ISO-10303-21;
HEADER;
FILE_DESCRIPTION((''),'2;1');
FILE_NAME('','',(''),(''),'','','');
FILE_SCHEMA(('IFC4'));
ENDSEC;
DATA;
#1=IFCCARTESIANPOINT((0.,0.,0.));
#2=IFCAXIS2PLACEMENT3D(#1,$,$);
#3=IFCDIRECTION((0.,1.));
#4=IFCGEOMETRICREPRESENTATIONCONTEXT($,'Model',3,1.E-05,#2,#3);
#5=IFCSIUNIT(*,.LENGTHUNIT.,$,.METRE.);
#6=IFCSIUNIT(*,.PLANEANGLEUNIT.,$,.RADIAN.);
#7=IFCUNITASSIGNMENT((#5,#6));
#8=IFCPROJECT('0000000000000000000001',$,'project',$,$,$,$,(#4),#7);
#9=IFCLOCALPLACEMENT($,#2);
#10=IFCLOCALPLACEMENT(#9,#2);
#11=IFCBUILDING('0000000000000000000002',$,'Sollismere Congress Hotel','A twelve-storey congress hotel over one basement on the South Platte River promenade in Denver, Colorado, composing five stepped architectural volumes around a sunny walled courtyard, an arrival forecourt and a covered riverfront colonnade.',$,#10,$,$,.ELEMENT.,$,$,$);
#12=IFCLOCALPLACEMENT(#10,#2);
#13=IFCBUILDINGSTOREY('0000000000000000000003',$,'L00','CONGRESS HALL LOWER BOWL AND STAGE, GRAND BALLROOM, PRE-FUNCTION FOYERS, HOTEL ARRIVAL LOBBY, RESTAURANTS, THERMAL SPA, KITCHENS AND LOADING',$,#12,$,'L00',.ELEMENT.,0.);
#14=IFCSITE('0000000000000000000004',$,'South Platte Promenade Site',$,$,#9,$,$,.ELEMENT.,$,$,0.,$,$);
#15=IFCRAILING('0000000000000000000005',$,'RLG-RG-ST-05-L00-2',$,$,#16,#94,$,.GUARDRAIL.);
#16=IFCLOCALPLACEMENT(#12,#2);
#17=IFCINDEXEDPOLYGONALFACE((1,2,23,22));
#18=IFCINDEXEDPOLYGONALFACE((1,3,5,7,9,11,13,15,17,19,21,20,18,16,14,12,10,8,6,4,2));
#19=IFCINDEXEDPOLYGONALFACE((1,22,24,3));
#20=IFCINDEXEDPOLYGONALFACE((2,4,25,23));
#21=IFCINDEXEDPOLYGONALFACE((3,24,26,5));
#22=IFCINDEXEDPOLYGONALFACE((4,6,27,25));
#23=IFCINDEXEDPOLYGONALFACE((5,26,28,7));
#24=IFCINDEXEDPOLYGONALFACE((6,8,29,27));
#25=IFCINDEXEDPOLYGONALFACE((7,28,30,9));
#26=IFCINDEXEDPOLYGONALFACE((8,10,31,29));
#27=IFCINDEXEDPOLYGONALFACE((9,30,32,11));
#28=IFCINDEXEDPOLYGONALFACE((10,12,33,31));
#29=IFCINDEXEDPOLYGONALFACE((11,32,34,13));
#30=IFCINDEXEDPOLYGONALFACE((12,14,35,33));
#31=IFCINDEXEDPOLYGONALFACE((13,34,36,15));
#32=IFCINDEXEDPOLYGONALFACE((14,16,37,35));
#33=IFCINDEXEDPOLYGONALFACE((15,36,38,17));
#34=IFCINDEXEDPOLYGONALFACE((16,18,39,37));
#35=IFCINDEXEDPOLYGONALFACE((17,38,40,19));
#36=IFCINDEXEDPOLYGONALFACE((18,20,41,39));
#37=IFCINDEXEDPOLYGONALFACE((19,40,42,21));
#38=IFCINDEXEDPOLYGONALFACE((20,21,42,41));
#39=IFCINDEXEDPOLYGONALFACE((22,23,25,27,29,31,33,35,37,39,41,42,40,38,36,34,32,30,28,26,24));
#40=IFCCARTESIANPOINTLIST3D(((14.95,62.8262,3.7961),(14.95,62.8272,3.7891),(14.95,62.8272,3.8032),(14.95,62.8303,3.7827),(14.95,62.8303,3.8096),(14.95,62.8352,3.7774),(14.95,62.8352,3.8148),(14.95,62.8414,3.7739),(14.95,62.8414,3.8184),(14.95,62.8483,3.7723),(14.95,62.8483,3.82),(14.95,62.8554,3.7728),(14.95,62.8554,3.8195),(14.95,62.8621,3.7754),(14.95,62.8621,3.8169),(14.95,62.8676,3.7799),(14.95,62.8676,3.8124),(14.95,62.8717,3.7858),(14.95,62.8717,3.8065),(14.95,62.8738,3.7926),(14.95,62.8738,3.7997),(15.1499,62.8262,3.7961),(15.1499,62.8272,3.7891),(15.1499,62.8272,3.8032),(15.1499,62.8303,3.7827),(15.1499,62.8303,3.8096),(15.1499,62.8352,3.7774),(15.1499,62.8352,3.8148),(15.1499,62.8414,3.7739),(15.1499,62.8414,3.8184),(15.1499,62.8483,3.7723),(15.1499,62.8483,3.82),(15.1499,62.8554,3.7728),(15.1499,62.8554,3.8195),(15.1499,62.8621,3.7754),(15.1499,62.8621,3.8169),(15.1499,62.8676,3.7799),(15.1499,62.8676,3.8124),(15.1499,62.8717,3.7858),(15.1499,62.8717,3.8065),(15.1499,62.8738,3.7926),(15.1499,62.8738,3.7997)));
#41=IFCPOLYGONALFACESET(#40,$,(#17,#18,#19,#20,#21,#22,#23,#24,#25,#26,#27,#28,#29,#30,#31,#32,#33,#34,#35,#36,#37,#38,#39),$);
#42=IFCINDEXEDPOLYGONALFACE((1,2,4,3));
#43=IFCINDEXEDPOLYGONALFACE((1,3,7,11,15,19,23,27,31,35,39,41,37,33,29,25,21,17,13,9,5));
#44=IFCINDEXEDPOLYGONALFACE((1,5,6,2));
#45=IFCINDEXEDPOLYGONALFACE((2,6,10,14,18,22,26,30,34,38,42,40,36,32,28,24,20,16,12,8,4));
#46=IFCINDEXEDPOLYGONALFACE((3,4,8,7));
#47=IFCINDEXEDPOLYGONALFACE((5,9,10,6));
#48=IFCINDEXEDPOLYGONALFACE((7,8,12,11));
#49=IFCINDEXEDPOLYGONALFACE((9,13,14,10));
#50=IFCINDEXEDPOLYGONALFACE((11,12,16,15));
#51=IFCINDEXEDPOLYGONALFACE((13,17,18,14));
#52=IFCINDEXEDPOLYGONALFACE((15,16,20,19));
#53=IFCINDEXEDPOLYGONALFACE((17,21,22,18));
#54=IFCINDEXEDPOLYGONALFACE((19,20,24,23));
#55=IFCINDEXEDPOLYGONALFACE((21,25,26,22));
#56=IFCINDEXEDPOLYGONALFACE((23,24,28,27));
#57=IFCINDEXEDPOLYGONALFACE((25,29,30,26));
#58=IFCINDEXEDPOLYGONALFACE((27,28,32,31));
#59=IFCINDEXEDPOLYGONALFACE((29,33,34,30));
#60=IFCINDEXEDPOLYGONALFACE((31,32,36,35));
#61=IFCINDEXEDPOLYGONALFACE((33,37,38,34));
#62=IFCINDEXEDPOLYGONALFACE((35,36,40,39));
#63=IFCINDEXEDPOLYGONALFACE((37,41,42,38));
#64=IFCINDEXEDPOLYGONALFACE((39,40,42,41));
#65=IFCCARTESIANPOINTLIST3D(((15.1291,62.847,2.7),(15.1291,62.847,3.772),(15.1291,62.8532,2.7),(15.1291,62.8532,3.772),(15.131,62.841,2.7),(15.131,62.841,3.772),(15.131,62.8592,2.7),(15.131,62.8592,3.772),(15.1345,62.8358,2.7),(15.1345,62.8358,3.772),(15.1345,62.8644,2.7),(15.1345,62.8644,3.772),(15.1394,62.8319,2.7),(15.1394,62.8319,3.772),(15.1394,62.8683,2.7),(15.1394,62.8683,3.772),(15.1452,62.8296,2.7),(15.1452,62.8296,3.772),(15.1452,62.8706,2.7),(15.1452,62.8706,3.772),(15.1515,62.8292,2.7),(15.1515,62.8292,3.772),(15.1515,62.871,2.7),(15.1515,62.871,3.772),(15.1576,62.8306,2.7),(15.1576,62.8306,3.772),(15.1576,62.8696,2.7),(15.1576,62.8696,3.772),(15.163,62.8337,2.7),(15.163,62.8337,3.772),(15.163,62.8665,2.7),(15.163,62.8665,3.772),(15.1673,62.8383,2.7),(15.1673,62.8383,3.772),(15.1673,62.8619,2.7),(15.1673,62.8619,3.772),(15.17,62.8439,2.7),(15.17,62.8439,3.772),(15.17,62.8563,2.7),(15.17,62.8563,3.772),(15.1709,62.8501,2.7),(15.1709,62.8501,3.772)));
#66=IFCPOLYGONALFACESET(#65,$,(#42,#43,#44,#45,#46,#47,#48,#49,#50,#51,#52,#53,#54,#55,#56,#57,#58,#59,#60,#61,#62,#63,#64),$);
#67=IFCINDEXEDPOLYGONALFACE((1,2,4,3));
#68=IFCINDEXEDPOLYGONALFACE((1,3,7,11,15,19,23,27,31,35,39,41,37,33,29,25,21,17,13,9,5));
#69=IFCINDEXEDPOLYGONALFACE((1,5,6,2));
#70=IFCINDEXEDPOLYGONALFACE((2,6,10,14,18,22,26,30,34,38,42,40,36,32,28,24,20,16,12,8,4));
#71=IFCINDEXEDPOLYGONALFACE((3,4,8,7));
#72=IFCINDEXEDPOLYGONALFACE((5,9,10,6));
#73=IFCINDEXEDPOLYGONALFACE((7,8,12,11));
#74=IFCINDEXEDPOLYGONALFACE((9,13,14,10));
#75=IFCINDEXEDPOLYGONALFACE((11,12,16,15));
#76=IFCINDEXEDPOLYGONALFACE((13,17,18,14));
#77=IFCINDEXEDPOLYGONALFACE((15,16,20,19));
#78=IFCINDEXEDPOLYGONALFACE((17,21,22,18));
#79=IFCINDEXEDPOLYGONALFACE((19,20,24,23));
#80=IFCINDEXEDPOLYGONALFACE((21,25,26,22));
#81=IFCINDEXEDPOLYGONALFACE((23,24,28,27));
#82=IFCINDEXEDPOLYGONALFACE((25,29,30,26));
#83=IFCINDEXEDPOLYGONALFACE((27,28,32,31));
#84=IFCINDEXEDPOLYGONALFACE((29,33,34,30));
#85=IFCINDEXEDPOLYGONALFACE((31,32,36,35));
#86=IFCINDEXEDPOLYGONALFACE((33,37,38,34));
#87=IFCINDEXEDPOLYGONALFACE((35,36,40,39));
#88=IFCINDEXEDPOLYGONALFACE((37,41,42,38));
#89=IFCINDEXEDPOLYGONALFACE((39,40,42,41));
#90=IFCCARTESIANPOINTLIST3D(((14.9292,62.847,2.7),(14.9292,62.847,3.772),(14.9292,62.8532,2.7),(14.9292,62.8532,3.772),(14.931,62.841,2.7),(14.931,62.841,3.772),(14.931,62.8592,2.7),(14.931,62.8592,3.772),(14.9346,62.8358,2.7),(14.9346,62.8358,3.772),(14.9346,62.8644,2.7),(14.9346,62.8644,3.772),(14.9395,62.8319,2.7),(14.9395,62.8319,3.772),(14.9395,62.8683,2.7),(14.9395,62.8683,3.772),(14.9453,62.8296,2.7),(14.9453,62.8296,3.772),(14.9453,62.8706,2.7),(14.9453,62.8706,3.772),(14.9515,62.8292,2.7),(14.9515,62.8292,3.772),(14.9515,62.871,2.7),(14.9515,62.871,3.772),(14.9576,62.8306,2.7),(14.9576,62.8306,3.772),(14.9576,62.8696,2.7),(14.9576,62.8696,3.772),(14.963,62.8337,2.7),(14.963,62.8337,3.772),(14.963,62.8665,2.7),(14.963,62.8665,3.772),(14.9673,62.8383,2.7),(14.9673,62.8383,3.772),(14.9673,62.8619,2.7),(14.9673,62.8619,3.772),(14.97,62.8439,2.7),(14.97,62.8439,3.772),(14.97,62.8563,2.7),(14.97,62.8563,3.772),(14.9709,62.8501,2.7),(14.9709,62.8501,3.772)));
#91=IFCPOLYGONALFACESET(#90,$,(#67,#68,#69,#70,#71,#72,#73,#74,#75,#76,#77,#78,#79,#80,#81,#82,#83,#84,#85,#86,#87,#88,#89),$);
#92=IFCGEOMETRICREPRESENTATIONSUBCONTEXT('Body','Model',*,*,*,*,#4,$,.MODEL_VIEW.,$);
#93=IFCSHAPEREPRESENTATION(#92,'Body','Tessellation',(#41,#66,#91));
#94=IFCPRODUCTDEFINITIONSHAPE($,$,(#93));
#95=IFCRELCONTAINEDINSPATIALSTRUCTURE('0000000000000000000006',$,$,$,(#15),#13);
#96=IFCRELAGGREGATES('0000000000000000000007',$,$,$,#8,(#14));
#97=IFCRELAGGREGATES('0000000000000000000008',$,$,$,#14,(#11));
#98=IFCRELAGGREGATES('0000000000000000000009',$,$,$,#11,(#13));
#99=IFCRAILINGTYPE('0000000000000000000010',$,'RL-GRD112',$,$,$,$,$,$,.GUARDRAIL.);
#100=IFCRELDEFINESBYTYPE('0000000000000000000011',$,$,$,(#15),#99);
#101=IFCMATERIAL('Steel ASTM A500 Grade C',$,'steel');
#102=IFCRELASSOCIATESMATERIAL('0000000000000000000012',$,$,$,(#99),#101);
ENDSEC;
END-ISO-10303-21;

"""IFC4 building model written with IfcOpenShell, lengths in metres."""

from ifc_helpers import new_model, si_unit, direction, frame, origin, origin_2d, place, context, subcontext, project, spatial, circle, extrude, material, type_object, element, save


model = new_model("IFC4")

# Units and contexts
model_context = context("Model", 3, precision=1e-05, world=origin(), true_north=direction((0.0, 1.0)))
body_context = subcontext(model_context, "Body", "Model", "MODEL_VIEW")
ifc_project = project(units=[si_unit("LENGTHUNIT", "METRE"), si_unit("PLANEANGLEUNIT", "RADIAN")], contexts=[model_context])

# Site, building, storey
site_placement = place(None, origin())
site = spatial("IfcSite", under=ifc_project, at=site_placement, Name="South Platte Promenade Site", CompositionType="ELEMENT", RefElevation=0.0)
building_placement = place(site_placement, origin())
building = spatial("IfcBuilding", under=site, at=building_placement, Name="Sollismere Congress Hotel", Description="A twelve-storey congress hotel over one basement on the South Platte River promenade in Denver, Colorado, composing five stepped architectural volumes around a sunny walled courtyard, an arrival forecourt and a covered riverfront colonnade.", CompositionType="ELEMENT")
storey_placement = place(building_placement, origin())
storey = spatial("IfcBuildingStorey", under=building, at=storey_placement, Name="L00", Description="CONGRESS HALL LOWER BOWL AND STAGE, GRAND BALLROOM, PRE-FUNCTION FOYERS, HOTEL ARRIVAL LOBBY, RESTAURANTS, THERMAL SPA, KITCHENS AND LOADING", LongName="L00", CompositionType="ELEMENT", Elevation=0.0)

# Shared definitions
ifc_material_1 = material(Name="Steel ASTM A500 Grade C", Category="steel")

# Railing
railing_type_1 = type_object("IfcRailingType", Name="RL-GRD112", PredefinedType="GUARDRAIL", material=ifc_material_1)
railing_1_placement = place(storey_placement, frame((15.1499, 62.8501, 2.7)))
element("IfcRailing", 1, at=railing_1_placement, inside=storey, type_object=railing_type_1, Name="RLG-RG-ST-05-L00-2", PredefinedType="GUARDRAIL", context=body_context, shape_type="SweptSolid", body=[
    extrude(circle(Radius=0.0239, at=origin_2d()), frame((0.0, 0.0, 1.0962), z_axis=(-1.0, 0.0, 0.0), x_axis=(0.0, -1.0, 0.0)), (0.0, 0.0, 1.0), 0.2),
    extrude(circle(Radius=0.021, at=origin_2d()), origin(), (0.0, 0.0, 1.0), 1.072),
    extrude(circle(Radius=0.021, at=origin_2d()), frame((-0.2, 0.0, 0.0)), (0.0, 0.0, 1.0), 1.072),
])

save(model, "model.ifc")
